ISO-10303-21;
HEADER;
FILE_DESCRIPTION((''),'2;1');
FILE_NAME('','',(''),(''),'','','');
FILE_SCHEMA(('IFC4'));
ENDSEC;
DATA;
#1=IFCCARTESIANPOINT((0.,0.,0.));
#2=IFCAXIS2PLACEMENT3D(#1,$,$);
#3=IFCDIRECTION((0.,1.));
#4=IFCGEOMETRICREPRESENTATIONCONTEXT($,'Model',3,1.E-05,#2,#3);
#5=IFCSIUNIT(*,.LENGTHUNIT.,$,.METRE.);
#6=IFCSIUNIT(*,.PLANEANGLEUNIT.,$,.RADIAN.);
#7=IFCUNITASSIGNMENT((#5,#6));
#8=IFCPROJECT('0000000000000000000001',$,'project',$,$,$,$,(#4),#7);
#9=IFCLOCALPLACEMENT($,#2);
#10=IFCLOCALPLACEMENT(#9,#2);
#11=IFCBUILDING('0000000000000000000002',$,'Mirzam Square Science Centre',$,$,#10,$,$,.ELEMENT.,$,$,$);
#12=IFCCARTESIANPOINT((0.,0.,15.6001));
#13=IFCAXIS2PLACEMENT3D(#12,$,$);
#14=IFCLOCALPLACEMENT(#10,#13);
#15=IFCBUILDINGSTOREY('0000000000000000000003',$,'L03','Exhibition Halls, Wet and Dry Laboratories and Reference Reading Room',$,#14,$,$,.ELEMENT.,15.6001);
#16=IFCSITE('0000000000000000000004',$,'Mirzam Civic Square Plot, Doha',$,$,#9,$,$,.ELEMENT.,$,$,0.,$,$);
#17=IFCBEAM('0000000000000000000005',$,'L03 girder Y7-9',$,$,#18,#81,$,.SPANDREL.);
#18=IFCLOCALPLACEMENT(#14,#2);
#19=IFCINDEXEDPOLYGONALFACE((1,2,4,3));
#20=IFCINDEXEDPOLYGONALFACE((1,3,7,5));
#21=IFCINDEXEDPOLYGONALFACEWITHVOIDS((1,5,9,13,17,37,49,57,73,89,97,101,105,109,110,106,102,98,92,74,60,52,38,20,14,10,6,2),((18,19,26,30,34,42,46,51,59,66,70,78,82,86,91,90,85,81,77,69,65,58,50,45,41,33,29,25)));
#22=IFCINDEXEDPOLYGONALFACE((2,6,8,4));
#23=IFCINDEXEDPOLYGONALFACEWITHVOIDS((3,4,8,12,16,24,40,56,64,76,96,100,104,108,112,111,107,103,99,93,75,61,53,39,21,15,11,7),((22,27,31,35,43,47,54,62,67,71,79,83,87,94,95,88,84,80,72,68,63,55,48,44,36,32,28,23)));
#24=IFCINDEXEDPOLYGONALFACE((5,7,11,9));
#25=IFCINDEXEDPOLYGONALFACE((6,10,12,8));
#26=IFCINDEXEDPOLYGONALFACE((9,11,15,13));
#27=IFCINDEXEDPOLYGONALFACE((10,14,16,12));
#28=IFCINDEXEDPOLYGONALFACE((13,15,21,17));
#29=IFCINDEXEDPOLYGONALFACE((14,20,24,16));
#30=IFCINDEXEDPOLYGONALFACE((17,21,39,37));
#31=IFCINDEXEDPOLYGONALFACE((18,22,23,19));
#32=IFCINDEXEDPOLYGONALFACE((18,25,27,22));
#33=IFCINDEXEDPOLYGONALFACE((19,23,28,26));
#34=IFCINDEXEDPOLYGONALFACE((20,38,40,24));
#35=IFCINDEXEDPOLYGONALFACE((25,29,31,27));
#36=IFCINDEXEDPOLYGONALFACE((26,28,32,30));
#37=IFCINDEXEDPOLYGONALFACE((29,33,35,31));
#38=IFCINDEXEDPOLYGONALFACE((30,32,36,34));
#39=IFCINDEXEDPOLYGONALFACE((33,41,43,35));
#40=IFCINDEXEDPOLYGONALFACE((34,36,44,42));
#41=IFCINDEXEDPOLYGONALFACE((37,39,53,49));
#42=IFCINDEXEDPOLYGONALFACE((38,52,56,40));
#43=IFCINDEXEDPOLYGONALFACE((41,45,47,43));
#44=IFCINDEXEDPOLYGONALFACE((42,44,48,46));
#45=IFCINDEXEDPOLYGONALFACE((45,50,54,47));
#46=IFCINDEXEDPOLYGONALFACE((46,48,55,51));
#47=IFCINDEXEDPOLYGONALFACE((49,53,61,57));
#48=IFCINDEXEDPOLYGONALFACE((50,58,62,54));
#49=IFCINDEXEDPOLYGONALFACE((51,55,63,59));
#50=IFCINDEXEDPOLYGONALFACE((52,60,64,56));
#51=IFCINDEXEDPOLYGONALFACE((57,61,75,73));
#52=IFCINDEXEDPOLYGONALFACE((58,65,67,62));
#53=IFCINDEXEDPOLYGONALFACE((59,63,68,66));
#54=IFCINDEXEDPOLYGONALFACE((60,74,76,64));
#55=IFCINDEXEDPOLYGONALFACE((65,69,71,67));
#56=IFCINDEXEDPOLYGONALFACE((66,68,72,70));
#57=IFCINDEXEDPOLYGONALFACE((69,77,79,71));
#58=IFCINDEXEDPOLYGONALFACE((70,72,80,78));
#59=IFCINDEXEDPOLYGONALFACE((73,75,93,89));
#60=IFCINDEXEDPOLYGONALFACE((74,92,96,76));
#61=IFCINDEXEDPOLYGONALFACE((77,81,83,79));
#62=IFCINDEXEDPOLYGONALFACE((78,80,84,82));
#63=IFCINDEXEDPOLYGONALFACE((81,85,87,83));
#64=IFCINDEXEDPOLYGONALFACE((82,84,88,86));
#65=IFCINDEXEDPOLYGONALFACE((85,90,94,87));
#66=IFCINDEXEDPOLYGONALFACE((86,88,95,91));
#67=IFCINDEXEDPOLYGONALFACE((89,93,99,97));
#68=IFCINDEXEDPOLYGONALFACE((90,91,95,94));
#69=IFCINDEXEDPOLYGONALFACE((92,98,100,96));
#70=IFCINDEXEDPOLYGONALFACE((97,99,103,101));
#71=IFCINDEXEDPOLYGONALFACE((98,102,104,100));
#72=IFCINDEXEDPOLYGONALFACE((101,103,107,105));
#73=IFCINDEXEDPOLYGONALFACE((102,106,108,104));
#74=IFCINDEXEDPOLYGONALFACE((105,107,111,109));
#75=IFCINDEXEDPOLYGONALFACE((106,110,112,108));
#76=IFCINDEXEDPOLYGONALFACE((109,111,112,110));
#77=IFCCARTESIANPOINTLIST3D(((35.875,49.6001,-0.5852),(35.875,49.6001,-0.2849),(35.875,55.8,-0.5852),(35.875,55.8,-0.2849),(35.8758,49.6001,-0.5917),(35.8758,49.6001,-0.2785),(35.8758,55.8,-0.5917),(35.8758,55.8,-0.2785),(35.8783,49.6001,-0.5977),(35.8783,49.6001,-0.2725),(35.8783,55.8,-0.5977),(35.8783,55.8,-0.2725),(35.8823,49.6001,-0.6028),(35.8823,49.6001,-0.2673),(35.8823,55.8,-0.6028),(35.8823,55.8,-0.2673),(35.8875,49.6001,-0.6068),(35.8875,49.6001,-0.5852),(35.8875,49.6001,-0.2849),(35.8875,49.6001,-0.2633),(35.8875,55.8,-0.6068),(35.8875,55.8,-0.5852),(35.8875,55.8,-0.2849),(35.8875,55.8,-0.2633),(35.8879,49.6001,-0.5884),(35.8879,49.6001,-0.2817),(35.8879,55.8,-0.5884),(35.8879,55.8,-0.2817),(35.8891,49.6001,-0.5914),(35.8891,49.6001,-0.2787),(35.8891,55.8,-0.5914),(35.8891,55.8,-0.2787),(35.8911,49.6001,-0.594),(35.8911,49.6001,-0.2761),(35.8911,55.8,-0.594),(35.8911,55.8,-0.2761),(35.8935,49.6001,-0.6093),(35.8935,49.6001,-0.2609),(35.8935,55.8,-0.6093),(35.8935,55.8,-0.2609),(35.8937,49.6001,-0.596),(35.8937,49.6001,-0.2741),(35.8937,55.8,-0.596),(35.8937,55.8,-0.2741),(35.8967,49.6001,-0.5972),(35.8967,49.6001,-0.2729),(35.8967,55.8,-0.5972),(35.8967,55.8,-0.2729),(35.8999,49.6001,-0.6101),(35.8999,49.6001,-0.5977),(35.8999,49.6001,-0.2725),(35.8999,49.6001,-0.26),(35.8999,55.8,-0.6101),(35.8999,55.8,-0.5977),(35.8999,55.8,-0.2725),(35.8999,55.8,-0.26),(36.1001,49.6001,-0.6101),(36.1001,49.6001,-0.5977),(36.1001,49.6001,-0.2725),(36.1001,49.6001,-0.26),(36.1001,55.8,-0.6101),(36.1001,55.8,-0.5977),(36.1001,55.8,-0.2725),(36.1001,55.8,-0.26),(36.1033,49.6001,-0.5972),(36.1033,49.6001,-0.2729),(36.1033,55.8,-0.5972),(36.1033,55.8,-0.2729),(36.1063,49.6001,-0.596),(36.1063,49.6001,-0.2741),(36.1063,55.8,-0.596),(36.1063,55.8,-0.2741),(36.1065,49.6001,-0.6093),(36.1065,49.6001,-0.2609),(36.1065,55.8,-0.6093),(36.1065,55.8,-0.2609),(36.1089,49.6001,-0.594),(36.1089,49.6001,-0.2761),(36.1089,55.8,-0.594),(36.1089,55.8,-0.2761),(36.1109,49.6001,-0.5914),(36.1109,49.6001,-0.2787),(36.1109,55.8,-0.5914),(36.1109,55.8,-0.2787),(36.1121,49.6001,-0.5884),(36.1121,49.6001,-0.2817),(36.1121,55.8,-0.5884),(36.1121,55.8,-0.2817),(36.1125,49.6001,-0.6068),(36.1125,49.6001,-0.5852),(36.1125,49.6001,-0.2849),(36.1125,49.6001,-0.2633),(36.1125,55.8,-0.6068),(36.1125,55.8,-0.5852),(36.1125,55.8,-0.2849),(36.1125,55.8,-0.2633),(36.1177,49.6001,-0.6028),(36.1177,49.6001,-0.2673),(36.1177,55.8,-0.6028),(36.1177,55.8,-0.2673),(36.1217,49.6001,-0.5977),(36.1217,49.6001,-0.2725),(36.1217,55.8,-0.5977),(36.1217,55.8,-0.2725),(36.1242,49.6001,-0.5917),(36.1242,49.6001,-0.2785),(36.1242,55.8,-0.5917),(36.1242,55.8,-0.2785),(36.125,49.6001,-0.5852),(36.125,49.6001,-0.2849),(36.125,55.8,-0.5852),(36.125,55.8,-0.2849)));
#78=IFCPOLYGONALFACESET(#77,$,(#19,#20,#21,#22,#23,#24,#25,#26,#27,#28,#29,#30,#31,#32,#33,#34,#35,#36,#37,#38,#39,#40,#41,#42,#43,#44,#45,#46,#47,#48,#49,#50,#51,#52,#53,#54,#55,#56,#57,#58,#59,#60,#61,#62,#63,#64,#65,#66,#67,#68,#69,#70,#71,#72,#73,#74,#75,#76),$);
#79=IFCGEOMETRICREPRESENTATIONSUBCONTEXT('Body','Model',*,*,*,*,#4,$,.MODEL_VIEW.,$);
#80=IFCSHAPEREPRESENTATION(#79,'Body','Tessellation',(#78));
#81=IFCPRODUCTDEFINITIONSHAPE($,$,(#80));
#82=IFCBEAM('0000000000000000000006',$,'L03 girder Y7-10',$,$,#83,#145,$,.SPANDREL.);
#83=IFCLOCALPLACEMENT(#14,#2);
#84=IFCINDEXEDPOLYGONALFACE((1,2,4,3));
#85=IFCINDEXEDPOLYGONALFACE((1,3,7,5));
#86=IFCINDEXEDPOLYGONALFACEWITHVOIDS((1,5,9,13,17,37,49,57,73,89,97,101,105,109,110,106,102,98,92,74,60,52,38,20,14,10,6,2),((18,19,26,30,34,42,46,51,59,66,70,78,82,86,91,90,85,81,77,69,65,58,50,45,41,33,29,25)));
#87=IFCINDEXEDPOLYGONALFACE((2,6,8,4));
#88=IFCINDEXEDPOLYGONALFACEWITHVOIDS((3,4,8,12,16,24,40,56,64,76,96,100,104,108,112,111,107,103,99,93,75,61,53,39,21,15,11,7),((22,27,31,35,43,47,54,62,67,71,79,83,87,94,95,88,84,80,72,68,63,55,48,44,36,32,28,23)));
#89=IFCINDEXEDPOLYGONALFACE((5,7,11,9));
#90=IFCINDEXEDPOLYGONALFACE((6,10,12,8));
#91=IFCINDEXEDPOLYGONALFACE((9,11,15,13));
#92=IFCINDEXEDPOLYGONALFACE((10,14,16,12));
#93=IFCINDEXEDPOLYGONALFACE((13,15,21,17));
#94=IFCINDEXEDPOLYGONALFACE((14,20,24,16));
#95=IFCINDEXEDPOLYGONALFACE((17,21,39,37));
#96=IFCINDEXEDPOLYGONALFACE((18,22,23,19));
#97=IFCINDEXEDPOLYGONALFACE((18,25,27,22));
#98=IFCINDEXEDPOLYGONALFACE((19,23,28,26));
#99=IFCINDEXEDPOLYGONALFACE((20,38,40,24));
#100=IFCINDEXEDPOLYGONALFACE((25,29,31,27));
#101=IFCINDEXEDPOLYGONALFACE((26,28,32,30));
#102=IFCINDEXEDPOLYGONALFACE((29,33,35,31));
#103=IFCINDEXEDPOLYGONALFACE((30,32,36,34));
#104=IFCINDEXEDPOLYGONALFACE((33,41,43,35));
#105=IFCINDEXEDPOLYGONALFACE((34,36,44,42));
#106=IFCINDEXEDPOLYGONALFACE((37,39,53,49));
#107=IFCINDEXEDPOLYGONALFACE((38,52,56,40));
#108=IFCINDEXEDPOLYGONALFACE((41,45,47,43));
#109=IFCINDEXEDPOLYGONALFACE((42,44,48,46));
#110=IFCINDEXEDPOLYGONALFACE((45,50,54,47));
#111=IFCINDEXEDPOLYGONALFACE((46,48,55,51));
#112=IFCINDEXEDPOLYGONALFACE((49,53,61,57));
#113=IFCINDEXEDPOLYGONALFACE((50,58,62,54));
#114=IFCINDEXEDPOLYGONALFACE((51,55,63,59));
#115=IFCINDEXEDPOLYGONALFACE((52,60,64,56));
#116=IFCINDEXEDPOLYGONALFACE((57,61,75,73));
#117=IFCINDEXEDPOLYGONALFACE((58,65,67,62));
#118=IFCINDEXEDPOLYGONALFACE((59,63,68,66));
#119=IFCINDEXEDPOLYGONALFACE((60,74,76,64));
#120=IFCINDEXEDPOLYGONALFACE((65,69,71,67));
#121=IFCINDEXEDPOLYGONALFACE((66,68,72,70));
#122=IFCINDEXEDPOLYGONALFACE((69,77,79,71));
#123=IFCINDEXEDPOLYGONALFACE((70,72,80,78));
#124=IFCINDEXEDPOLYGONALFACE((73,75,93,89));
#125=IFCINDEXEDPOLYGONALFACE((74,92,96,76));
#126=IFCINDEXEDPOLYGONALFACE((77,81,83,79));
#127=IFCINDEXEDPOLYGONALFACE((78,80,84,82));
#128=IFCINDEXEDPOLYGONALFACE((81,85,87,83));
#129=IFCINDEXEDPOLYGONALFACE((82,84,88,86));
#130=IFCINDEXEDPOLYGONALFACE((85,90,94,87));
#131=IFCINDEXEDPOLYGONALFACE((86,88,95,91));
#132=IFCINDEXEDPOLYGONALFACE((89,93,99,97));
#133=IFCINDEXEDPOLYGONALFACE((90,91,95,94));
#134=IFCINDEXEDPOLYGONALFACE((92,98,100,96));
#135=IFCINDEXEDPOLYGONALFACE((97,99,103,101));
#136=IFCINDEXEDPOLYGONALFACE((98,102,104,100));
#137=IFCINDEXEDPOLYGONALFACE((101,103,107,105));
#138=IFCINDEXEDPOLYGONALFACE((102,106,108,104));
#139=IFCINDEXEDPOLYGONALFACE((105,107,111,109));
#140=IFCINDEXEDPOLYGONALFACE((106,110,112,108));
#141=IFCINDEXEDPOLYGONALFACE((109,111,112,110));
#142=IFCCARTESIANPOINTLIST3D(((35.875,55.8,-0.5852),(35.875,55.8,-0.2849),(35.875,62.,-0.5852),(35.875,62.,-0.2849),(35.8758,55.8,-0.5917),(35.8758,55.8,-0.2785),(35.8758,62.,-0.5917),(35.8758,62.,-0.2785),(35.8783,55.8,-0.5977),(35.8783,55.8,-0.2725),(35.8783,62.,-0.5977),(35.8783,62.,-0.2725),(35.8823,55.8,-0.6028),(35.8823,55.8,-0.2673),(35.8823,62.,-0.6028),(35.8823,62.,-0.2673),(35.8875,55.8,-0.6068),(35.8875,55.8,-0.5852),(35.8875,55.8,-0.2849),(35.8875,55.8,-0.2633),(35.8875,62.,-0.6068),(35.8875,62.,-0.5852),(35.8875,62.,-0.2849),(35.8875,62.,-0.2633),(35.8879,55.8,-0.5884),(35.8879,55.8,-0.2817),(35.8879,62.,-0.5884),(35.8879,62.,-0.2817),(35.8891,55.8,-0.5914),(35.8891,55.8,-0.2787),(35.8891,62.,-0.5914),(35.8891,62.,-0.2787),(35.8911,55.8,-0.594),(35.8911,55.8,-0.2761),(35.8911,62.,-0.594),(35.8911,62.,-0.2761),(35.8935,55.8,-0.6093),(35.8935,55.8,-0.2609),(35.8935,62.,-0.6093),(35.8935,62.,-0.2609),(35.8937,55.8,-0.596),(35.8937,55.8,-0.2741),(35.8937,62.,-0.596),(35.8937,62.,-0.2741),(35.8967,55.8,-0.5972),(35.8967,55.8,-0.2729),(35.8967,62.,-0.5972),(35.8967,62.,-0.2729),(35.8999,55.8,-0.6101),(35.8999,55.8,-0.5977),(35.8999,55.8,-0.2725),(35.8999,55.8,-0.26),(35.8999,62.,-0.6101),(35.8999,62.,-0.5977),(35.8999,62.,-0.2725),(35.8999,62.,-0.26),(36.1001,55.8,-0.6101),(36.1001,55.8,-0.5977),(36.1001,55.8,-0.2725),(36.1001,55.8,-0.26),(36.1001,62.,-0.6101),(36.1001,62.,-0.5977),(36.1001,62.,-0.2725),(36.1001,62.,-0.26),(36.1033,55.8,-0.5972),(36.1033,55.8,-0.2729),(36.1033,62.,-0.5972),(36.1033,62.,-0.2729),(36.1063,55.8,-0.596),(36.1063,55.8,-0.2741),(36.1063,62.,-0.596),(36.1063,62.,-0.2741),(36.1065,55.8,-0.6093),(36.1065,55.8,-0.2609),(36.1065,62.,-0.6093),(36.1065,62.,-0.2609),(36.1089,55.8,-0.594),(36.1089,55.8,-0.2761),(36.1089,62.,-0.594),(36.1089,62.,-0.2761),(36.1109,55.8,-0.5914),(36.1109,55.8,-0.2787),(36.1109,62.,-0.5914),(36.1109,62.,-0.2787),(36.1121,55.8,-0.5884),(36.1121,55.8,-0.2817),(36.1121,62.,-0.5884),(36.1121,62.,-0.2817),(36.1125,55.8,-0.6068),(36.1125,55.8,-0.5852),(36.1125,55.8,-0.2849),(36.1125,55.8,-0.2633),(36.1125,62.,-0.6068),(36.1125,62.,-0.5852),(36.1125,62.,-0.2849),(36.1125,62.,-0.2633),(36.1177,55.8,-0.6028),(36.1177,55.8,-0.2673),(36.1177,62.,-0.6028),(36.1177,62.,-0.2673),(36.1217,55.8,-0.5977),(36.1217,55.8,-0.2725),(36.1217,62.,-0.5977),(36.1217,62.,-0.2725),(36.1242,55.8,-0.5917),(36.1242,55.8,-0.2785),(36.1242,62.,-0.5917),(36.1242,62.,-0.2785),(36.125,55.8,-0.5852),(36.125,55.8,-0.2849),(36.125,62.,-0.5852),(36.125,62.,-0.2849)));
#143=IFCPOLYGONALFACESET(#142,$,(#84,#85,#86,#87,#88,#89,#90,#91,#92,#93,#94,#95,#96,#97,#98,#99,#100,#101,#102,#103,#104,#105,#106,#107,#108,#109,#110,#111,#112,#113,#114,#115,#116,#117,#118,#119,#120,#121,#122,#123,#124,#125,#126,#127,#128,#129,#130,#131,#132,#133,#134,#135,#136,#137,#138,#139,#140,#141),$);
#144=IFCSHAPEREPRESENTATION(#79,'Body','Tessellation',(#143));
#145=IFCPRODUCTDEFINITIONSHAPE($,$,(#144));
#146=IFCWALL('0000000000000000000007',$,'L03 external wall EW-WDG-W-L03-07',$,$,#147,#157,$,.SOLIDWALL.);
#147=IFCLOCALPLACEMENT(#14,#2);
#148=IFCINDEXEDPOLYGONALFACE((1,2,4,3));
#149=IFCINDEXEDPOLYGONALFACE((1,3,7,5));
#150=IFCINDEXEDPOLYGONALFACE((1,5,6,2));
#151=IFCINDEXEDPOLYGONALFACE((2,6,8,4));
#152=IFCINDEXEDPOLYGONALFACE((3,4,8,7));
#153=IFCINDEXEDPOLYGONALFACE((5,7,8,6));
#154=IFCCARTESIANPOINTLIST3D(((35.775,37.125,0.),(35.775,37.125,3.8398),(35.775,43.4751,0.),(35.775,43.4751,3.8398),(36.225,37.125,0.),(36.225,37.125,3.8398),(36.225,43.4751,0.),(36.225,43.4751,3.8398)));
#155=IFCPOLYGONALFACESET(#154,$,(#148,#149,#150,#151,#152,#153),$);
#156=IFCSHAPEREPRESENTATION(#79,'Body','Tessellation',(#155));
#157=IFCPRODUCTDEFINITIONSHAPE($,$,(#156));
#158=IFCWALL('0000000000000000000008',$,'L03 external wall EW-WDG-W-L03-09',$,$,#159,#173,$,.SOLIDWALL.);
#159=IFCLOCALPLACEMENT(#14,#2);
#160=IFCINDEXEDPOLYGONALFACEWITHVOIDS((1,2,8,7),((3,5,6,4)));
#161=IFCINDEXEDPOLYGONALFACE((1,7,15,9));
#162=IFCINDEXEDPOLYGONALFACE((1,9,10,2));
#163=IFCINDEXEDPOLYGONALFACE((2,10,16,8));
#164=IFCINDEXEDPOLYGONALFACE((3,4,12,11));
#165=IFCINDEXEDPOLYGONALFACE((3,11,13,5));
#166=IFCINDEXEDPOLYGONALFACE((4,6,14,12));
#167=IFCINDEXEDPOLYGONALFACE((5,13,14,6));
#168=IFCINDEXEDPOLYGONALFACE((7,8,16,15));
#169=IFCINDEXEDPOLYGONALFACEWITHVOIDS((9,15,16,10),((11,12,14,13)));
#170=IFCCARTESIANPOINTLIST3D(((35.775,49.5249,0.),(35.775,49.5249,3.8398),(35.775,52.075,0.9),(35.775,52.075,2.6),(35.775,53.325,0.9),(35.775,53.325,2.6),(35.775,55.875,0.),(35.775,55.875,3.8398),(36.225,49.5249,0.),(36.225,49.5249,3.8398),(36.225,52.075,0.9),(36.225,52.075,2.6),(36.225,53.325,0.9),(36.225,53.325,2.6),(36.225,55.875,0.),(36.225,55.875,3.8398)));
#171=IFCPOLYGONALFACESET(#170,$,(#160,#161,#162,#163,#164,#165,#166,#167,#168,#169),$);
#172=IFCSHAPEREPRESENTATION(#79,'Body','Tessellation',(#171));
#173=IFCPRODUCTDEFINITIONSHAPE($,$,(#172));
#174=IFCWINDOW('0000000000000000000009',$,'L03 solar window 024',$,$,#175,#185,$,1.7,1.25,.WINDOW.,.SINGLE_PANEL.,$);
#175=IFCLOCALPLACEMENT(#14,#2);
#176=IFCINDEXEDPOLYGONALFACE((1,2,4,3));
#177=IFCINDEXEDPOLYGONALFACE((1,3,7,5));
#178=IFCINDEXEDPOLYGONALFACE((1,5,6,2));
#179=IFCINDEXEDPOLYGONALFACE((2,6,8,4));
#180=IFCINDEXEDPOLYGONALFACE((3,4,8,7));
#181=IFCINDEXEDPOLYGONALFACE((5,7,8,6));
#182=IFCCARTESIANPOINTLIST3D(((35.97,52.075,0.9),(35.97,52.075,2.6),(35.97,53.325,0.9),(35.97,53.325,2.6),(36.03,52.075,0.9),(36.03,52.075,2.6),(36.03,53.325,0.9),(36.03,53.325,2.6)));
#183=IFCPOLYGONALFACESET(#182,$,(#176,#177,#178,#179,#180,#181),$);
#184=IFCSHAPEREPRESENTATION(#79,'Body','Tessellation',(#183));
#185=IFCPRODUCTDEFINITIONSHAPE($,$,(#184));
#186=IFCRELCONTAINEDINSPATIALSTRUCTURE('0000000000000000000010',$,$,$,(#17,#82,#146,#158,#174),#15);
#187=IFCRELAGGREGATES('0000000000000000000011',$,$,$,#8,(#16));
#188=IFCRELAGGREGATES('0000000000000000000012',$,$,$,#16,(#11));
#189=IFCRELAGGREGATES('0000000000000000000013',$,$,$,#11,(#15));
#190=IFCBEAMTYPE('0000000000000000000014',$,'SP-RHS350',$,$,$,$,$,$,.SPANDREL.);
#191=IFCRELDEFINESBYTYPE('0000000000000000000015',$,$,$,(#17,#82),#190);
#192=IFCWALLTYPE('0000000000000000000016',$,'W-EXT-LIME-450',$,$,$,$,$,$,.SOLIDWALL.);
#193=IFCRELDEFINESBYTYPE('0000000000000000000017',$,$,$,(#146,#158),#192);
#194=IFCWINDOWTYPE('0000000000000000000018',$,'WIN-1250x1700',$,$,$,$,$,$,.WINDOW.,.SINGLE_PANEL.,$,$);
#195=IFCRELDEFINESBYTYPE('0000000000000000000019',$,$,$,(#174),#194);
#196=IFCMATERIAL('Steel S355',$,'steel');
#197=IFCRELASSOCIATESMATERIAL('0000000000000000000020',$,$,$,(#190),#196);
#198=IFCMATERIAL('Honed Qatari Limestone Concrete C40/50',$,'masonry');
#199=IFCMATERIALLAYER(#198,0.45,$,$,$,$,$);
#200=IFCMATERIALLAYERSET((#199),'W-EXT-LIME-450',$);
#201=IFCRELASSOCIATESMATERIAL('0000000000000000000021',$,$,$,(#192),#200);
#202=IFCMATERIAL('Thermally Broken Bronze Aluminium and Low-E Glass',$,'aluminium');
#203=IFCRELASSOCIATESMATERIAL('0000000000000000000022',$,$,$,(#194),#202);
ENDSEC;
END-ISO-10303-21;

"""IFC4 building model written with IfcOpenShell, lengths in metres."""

from ifc_helpers import new_model, si_unit, direction, frame, frame_2d, origin, origin_2d, place, context, subcontext, project, spatial, rectangle, hollow_rectangle, extrude, material, layer, layer_set, material_profile, profile_set, type_object, element, fill, save


model = new_model("IFC4")

# Units and contexts
model_context = context("Model", 3, precision=1e-05, world=origin(), true_north=direction((0.0, 1.0)))
body_context = subcontext(model_context, "Body", "Model", "MODEL_VIEW")
ifc_project = project(units=[si_unit("LENGTHUNIT", "METRE"), si_unit("PLANEANGLEUNIT", "RADIAN")], contexts=[model_context])

# Site, building, storey
site_placement = place(None, origin())
site = spatial("IfcSite", under=ifc_project, at=site_placement, Name="Mirzam Civic Square Plot, Doha", CompositionType="ELEMENT", RefElevation=0.0)
building_placement = place(site_placement, origin())
building = spatial("IfcBuilding", under=site, at=building_placement, Name="Mirzam Square Science Centre", CompositionType="ELEMENT")
storey_placement = place(building_placement, frame((0.0, 0.0, 15.6001)))
storey = spatial("IfcBuildingStorey", under=building, at=storey_placement, Name="L03", Description="Exhibition Halls, Wet and Dry Laboratories and Reference Reading Room", CompositionType="ELEMENT", Elevation=15.6001)

# Shared definitions
ifc_material_1 = material(Name="Steel S355", Category="steel")

# Beams
ifc_material_profile_1 = material_profile(ifc_material_1, hollow_rectangle(XDim=0.25, YDim=0.3501, WallThickness=0.0125, InnerFilletRadius=0.0125, OuterFilletRadius=0.0249, at=origin_2d()), Name="350x250x12.5RHS")
ifc_profile_set_1 = profile_set([ifc_material_profile_1], Name="Steel S355")
beam_type_1 = type_object("IfcBeamType", Name="SP-RHS350", PredefinedType="SPANDREL", material=ifc_profile_set_1)
for number, where, z_axis, x_axis, name in (
    (1, (36.0, 49.6001, -0.4351), (0.0, 1.0, 0.0), (-1.0, 0.0, 0.0), "L03 girder Y7-9"),
    (2, (36.0, 55.8, -0.4351), (0.0, 1.0, 0.0), (-1.0, 0.0, 0.0), "L03 girder Y7-10"),
):
    element("IfcBeam", number, at=place(storey_placement, frame(where, z_axis=z_axis, x_axis=x_axis)), inside=storey, type_object=beam_type_1, Name=name, PredefinedType="SPANDREL", context=body_context, shape_type="SweptSolid", body=[
        extrude(hollow_rectangle(XDim=0.25, YDim=0.3501, WallThickness=0.0125, InnerFilletRadius=0.0125, OuterFilletRadius=0.0249, at=origin_2d()), origin(), (0.0, 0.0, 1.0), 6.2),
    ])

# Wall
ifc_material_2 = material(Name="Honed Qatari Limestone Concrete C40/50", Category="masonry")
ifc_layer_1 = layer(ifc_material_2, 0.45)
ifc_layer_set_1 = layer_set([ifc_layer_1], Name="W-EXT-LIME-450")
wall_type_1 = type_object("IfcWallType", Name="W-EXT-LIME-450", PredefinedType="SOLIDWALL", material=ifc_layer_set_1)
wall_1_placement = place(storey_placement, frame((36.0, 43.4751, 0.0), z_axis=(0.0, 0.0, 1.0), x_axis=(0.0, -1.0, 0.0)))
element("IfcWall", 3, at=wall_1_placement, inside=storey, type_object=wall_type_1, Name="L03 external wall EW-WDG-W-L03-07", PredefinedType="SOLIDWALL", context=body_context, shape_type="SweptSolid", body=[
    extrude(rectangle(XDim=6.3501, YDim=0.45, at=frame_2d((3.175, 0.0))), origin(), (0.0, 0.0, 1.0), 3.8398),
])

# Wall, opening, window
wall_2_placement = place(storey_placement, frame((36.0, 55.875, 0.0), z_axis=(0.0, 0.0, 1.0), x_axis=(0.0, -1.0, 0.0)))
wall_2 = element("IfcWall", 4, at=wall_2_placement, inside=storey, type_object=wall_type_1, Name="L03 external wall EW-WDG-W-L03-09", PredefinedType="SOLIDWALL", context=body_context, shape_type="SweptSolid", body=[
    extrude(rectangle(XDim=6.3501, YDim=0.45, at=frame_2d((3.175, 0.0))), origin(), (0.0, 0.0, 1.0), 3.8398),
])
opening_1_placement = place(wall_2_placement, frame((2.55, 0.0, 0.8999)))
opening_1 = element("IfcOpeningElement", 5, at=opening_1_placement, cuts=wall_2, PredefinedType="OPENING", context=body_context, shape_type="SweptSolid", body=[
    extrude(rectangle(XDim=1.25, YDim=1.7, at=frame_2d((0.625, 0.8501))), frame((0.0, 0.2349, 0.0), z_axis=(0.0, -1.0, 0.0), x_axis=(1.0, 0.0, 0.0)), (0.0, 0.0, 1.0), 0.47),
])
ifc_material_3 = material(Name="Thermally Broken Bronze Aluminium and Low-E Glass", Category="aluminium")
window_type_1 = type_object("IfcWindowType", Name="WIN-1250x1700", PartitioningType="SINGLE_PANEL", PredefinedType="WINDOW", material=ifc_material_3)
window_1_placement = place(opening_1_placement, origin())
window_1 = element("IfcWindow", 6, at=window_1_placement, inside=storey, type_object=window_type_1, Name="L03 solar window 024", OverallHeight=1.7, OverallWidth=1.25, PartitioningType="SINGLE_PANEL", PredefinedType="WINDOW", context=body_context, shape_type="SweptSolid", body=[
    extrude(rectangle(XDim=1.25, YDim=1.7, at=frame_2d((0.625, 0.8501))), frame((0.0, 0.03, 0.0), z_axis=(0.0, -1.0, 0.0), x_axis=(1.0, 0.0, 0.0)), (0.0, 0.0, 1.0), 0.0601),
])
fill(opening_1, window_1)

save(model, "model.ifc")
